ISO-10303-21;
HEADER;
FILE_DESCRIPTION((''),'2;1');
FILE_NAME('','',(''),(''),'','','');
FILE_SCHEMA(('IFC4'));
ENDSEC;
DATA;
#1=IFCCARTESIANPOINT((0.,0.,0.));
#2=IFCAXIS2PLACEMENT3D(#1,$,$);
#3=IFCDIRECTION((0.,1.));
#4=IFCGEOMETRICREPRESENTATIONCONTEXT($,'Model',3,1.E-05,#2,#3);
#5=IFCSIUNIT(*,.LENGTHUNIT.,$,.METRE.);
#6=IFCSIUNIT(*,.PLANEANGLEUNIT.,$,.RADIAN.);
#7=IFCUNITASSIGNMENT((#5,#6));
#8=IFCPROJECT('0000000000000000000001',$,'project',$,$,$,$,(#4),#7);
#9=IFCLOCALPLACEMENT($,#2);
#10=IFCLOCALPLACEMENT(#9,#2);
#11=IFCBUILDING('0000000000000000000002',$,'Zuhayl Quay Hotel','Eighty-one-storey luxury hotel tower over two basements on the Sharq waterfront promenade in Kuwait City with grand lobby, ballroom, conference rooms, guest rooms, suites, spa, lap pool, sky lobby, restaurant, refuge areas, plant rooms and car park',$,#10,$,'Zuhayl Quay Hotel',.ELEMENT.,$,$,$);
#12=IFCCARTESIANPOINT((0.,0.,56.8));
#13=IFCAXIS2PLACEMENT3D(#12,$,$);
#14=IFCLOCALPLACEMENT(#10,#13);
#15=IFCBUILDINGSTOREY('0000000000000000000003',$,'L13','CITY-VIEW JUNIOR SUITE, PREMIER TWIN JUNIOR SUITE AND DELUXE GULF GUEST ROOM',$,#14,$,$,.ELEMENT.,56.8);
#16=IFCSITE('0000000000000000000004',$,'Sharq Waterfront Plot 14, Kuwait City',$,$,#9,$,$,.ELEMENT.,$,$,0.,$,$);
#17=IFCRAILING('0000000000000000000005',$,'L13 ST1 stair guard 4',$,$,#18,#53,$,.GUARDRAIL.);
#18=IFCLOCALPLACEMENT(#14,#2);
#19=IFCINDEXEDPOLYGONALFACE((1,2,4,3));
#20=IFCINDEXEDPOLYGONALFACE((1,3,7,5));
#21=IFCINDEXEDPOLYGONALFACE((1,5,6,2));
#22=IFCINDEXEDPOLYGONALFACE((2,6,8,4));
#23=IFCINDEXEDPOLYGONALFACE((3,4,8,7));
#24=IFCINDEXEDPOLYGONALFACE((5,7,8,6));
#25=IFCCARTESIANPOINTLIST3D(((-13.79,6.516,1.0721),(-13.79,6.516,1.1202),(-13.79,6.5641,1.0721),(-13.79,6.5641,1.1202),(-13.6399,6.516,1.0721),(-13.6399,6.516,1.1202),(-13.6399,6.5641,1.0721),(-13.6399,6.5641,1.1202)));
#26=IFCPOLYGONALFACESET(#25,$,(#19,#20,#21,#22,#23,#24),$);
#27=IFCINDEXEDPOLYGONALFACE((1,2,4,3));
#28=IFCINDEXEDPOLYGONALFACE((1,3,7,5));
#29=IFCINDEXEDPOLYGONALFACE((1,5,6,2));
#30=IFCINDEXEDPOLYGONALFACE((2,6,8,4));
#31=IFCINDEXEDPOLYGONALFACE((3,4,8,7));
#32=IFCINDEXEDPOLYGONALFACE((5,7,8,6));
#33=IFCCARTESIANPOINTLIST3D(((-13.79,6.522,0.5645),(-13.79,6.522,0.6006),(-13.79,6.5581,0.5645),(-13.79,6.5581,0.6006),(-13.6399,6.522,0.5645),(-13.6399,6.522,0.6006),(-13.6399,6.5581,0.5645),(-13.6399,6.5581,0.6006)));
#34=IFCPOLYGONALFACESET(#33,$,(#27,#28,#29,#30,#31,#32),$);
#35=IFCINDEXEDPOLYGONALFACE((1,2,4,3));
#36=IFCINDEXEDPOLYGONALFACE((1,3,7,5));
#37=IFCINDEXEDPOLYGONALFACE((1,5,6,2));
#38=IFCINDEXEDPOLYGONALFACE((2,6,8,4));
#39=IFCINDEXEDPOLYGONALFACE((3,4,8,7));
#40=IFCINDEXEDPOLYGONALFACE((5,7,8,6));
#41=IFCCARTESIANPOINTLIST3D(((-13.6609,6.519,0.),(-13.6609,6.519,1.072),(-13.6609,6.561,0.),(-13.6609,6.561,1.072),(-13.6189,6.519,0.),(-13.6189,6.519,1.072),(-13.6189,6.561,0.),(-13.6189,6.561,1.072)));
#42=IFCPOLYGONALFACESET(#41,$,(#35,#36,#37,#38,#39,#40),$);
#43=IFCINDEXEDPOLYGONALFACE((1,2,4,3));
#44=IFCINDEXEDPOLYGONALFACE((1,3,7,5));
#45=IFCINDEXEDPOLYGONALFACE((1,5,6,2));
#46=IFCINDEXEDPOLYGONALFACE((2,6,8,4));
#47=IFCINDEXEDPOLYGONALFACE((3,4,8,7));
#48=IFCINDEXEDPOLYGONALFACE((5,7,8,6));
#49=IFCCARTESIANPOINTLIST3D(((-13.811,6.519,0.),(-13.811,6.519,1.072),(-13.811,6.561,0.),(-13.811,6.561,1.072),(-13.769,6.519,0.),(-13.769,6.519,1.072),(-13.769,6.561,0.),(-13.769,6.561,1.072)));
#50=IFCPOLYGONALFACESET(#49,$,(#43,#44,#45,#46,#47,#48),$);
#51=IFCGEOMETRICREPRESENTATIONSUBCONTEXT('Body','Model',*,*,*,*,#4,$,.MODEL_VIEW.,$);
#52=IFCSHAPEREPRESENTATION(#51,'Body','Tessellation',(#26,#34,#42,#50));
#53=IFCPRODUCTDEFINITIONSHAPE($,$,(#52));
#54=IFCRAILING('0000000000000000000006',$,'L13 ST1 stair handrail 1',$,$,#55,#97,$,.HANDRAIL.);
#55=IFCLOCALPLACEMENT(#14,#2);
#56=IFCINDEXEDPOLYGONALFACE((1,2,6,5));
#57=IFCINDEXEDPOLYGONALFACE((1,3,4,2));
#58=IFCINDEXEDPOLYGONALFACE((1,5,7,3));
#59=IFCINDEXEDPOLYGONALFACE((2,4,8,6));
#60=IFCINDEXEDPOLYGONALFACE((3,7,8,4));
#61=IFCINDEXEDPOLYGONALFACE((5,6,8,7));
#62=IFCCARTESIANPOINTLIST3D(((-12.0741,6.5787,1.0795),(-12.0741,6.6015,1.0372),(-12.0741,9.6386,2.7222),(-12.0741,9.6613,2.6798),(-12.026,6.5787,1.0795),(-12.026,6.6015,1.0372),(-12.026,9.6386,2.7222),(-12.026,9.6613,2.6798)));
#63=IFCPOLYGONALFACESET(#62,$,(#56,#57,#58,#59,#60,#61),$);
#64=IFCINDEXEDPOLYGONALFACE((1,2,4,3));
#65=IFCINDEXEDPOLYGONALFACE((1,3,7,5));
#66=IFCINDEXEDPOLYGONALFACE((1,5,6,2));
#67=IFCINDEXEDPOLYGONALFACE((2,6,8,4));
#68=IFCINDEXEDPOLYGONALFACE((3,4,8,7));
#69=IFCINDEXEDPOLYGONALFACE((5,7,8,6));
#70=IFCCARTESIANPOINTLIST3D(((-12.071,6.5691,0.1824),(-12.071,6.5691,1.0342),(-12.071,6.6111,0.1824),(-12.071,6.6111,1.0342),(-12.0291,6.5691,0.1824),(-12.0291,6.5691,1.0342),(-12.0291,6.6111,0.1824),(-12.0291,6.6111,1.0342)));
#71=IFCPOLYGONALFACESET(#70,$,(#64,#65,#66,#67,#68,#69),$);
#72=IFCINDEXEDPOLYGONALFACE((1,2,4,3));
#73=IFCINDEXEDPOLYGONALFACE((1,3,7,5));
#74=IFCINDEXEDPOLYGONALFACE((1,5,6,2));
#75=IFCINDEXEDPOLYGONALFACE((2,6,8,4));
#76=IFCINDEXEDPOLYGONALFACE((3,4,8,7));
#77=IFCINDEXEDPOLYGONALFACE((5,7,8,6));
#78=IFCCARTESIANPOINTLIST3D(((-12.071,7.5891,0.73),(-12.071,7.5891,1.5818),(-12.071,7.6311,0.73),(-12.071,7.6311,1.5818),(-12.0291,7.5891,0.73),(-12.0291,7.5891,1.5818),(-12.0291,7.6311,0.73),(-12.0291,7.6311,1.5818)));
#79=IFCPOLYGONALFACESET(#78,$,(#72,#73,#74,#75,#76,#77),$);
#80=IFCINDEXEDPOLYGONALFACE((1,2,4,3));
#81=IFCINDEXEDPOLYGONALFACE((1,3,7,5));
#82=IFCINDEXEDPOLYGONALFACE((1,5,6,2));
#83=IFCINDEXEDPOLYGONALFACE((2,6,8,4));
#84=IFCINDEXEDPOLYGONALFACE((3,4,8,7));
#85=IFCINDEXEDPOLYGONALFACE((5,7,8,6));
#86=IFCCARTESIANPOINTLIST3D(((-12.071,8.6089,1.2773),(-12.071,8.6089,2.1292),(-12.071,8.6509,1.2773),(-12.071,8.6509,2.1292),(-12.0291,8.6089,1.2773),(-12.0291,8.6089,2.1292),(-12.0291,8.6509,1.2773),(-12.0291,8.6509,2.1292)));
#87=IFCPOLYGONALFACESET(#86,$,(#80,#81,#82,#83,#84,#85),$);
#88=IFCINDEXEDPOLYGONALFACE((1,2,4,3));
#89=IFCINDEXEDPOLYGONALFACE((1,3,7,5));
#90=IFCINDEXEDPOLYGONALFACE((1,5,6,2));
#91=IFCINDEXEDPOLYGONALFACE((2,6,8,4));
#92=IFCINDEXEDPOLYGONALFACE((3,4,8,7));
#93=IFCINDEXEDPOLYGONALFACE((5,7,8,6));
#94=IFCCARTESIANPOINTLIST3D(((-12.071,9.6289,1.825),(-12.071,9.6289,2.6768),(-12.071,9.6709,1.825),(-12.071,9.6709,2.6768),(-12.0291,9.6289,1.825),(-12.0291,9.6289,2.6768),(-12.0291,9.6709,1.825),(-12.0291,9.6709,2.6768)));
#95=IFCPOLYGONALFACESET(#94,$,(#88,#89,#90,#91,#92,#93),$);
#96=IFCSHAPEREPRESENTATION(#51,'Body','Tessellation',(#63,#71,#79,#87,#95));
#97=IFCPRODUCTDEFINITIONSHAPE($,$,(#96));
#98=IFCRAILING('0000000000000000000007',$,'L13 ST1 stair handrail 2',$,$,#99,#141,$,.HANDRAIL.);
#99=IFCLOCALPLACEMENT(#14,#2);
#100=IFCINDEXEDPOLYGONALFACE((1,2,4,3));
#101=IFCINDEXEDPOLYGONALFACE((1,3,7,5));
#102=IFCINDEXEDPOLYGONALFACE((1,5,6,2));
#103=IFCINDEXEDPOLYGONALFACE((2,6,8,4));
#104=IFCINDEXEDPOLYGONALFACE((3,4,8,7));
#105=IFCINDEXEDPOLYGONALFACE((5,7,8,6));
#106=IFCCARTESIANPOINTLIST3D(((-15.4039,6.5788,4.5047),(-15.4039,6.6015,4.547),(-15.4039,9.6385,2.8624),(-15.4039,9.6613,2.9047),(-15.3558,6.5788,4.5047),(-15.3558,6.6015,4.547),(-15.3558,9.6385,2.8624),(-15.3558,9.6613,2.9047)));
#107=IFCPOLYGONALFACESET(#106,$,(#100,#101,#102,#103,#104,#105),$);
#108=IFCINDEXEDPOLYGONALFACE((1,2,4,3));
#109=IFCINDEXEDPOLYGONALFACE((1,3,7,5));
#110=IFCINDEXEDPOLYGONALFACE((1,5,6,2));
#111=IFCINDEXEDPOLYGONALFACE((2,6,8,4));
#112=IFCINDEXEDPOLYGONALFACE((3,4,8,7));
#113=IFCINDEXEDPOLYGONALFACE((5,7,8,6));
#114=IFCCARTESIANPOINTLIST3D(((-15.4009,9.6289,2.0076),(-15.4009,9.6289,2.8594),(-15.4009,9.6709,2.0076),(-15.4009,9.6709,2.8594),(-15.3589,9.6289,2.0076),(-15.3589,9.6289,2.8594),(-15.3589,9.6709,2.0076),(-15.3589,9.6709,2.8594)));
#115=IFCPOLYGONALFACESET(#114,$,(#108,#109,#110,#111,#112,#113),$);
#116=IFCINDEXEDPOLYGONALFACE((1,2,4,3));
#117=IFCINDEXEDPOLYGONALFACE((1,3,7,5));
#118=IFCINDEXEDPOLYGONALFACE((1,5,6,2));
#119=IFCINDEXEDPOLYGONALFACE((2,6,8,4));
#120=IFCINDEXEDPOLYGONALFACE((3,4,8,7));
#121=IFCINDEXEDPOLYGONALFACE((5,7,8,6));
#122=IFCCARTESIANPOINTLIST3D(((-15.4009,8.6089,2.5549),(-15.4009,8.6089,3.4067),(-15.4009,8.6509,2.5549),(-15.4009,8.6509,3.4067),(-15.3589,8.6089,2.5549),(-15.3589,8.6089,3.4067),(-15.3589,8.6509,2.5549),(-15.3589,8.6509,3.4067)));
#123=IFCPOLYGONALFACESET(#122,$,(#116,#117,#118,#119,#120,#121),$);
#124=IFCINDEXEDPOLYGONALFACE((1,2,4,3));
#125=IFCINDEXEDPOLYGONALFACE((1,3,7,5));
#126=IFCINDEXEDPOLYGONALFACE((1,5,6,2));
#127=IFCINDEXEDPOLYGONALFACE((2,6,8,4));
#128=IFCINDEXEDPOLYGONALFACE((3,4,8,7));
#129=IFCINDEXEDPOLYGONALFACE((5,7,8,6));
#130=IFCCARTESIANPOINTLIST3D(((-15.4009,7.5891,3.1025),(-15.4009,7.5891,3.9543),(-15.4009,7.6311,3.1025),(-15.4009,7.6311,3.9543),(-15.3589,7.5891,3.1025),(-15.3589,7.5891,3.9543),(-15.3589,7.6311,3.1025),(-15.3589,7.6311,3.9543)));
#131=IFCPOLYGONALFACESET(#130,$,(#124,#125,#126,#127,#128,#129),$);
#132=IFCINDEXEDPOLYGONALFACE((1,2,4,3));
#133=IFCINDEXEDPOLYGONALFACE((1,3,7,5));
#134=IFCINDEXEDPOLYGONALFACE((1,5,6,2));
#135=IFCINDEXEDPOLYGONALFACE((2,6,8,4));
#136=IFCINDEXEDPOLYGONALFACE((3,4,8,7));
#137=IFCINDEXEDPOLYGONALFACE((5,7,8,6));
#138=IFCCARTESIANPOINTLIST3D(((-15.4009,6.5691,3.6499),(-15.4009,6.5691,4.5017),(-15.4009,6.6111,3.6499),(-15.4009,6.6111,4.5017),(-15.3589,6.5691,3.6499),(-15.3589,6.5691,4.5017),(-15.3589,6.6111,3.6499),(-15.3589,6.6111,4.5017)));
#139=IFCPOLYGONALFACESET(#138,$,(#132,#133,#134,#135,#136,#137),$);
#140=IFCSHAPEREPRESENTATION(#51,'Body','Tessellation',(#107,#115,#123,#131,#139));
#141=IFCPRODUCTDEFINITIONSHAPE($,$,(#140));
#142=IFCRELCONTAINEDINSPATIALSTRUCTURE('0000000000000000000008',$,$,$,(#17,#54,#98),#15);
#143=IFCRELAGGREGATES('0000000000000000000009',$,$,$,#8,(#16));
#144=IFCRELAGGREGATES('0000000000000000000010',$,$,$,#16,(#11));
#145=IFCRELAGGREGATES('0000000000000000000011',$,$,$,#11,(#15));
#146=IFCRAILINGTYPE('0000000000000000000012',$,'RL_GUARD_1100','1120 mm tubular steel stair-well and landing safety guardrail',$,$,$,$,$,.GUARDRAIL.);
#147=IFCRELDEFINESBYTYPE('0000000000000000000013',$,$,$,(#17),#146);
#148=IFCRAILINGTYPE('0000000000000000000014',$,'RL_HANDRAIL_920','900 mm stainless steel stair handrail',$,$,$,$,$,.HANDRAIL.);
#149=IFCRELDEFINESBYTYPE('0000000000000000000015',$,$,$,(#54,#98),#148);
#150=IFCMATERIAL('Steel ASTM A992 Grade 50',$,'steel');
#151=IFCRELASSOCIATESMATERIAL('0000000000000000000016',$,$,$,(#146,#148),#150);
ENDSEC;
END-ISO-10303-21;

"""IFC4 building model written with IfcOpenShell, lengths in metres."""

from ifc_helpers import new_model, si_unit, direction, frame, origin, origin_2d, place, context, subcontext, project, spatial, rectangle, extrude, material, type_object, element, save


model = new_model("IFC4")

# Units and contexts
model_context = context("Model", 3, precision=1e-05, world=origin(), true_north=direction((0.0, 1.0)))
body_context = subcontext(model_context, "Body", "Model", "MODEL_VIEW")
ifc_project = project(units=[si_unit("LENGTHUNIT", "METRE"), si_unit("PLANEANGLEUNIT", "RADIAN")], contexts=[model_context])

# Site, building, storey
site_placement = place(None, origin())
site = spatial("IfcSite", under=ifc_project, at=site_placement, Name="Sharq Waterfront Plot 14, Kuwait City", CompositionType="ELEMENT", RefElevation=0.0)
building_placement = place(site_placement, origin())
building = spatial("IfcBuilding", under=site, at=building_placement, Name="Zuhayl Quay Hotel", Description="Eighty-one-storey luxury hotel tower over two basements on the Sharq waterfront promenade in Kuwait City with grand lobby, ballroom, conference rooms, guest rooms, suites, spa, lap pool, sky lobby, restaurant, refuge areas, plant rooms and car park", LongName="Zuhayl Quay Hotel", CompositionType="ELEMENT")
storey_placement = place(building_placement, frame((0.0, 0.0, 56.8)))
storey = spatial("IfcBuildingStorey", under=building, at=storey_placement, Name="L13", Description="CITY-VIEW JUNIOR SUITE, PREMIER TWIN JUNIOR SUITE AND DELUXE GULF GUEST ROOM", CompositionType="ELEMENT", Elevation=56.8)

# Shared definitions
ifc_material_1 = material(Name="Steel ASTM A992 Grade 50", Category="steel")

# Railings
railing_type_1 = type_object("IfcRailingType", Name="RL_GUARD_1100", Description="1120 mm tubular steel stair-well and landing safety guardrail", PredefinedType="GUARDRAIL", material=ifc_material_1)
railing_1_placement = place(storey_placement, frame((-13.6399, 6.54, 0.0)))
element("IfcRailing", 1, at=railing_1_placement, inside=storey, type_object=railing_type_1, Name="L13 ST1 stair guard 4", PredefinedType="GUARDRAIL", context=body_context, shape_type="SweptSolid", body=[
    extrude(rectangle(XDim=0.0481, YDim=0.0481, at=origin_2d()), frame((0.0, 0.0, 1.0962), z_axis=(-1.0, 0.0, 0.0), x_axis=(0.0, -1.0, 0.0)), (0.0, 0.0, 1.0), 0.1501),
    extrude(rectangle(XDim=0.0361, YDim=0.0361, at=origin_2d()), frame((0.0, 0.0, 0.5825), z_axis=(-1.0, 0.0, 0.0), x_axis=(0.0, -1.0, 0.0)), (0.0, 0.0, 1.0), 0.1501),
    extrude(rectangle(XDim=0.042, YDim=0.042, at=origin_2d()), origin(), (0.0, 0.0, 1.0), 1.072),
    extrude(rectangle(XDim=0.042, YDim=0.042, at=origin_2d()), frame((-0.1501, 0.0, 0.0)), (0.0, 0.0, 1.0), 1.072),
])
railing_type_2 = type_object("IfcRailingType", Name="RL_HANDRAIL_920", Description="900 mm stainless steel stair handrail", PredefinedType="HANDRAIL", material=ifc_material_1)
railing_2_placement = place(storey_placement, frame((-12.05, 6.5901, 0.1824)))
element("IfcRailing", 2, at=railing_2_placement, inside=storey, type_object=railing_type_2, Name="L13 ST1 stair handrail 1", PredefinedType="HANDRAIL", context=body_context, shape_type="SweptSolid", body=[
    extrude(rectangle(XDim=0.0481, YDim=0.0481, at=origin_2d()), frame((0.0, 0.0, 0.876), z_axis=(0.0, 0.881073, 0.47298), x_axis=(-1.0, 0.0, 0.0)), (0.0, 0.0, 1.0), 3.4729),
    extrude(rectangle(XDim=0.042, YDim=0.042, at=origin_2d()), origin(), (0.0, 0.0, 1.0), 0.8518),
    extrude(rectangle(XDim=0.042, YDim=0.042, at=origin_2d()), frame((0.0, 1.02, 0.5476)), (0.0, 0.0, 1.0), 0.8518),
    extrude(rectangle(XDim=0.042, YDim=0.042, at=origin_2d()), frame((0.0, 2.0398, 1.095)), (0.0, 0.0, 1.0), 0.8518),
    extrude(rectangle(XDim=0.042, YDim=0.042, at=origin_2d()), frame((0.0, 3.0598, 1.6426)), (0.0, 0.0, 1.0), 0.8518),
])
railing_3_placement = place(storey_placement, frame((-15.3799, 9.6499, 2.0076)))
element("IfcRailing", 3, at=railing_3_placement, inside=storey, type_object=railing_type_2, Name="L13 ST1 stair handrail 2", PredefinedType="HANDRAIL", context=body_context, shape_type="SweptSolid", body=[
    extrude(rectangle(XDim=0.0481, YDim=0.0481, at=origin_2d()), frame((0.0, 0.0, 0.876), z_axis=(0.0, -0.881102, 0.472926), x_axis=(1.0, 0.0, 0.0)), (0.0, 0.0, 1.0), 3.4727),
    extrude(rectangle(XDim=0.042, YDim=0.042, at=origin_2d()), origin(), (0.0, 0.0, 1.0), 0.8518),
    extrude(rectangle(XDim=0.042, YDim=0.042, at=origin_2d()), frame((0.0, -1.02, 0.5474)), (0.0, 0.0, 1.0), 0.8518),
    extrude(rectangle(XDim=0.042, YDim=0.042, at=origin_2d()), frame((0.0, -2.0398, 1.095)), (0.0, 0.0, 1.0), 0.8518),
    extrude(rectangle(XDim=0.042, YDim=0.042, at=origin_2d()), frame((0.0, -3.0598, 1.6423)), (0.0, 0.0, 1.0), 0.8518),
])

save(model, "model.ifc")
